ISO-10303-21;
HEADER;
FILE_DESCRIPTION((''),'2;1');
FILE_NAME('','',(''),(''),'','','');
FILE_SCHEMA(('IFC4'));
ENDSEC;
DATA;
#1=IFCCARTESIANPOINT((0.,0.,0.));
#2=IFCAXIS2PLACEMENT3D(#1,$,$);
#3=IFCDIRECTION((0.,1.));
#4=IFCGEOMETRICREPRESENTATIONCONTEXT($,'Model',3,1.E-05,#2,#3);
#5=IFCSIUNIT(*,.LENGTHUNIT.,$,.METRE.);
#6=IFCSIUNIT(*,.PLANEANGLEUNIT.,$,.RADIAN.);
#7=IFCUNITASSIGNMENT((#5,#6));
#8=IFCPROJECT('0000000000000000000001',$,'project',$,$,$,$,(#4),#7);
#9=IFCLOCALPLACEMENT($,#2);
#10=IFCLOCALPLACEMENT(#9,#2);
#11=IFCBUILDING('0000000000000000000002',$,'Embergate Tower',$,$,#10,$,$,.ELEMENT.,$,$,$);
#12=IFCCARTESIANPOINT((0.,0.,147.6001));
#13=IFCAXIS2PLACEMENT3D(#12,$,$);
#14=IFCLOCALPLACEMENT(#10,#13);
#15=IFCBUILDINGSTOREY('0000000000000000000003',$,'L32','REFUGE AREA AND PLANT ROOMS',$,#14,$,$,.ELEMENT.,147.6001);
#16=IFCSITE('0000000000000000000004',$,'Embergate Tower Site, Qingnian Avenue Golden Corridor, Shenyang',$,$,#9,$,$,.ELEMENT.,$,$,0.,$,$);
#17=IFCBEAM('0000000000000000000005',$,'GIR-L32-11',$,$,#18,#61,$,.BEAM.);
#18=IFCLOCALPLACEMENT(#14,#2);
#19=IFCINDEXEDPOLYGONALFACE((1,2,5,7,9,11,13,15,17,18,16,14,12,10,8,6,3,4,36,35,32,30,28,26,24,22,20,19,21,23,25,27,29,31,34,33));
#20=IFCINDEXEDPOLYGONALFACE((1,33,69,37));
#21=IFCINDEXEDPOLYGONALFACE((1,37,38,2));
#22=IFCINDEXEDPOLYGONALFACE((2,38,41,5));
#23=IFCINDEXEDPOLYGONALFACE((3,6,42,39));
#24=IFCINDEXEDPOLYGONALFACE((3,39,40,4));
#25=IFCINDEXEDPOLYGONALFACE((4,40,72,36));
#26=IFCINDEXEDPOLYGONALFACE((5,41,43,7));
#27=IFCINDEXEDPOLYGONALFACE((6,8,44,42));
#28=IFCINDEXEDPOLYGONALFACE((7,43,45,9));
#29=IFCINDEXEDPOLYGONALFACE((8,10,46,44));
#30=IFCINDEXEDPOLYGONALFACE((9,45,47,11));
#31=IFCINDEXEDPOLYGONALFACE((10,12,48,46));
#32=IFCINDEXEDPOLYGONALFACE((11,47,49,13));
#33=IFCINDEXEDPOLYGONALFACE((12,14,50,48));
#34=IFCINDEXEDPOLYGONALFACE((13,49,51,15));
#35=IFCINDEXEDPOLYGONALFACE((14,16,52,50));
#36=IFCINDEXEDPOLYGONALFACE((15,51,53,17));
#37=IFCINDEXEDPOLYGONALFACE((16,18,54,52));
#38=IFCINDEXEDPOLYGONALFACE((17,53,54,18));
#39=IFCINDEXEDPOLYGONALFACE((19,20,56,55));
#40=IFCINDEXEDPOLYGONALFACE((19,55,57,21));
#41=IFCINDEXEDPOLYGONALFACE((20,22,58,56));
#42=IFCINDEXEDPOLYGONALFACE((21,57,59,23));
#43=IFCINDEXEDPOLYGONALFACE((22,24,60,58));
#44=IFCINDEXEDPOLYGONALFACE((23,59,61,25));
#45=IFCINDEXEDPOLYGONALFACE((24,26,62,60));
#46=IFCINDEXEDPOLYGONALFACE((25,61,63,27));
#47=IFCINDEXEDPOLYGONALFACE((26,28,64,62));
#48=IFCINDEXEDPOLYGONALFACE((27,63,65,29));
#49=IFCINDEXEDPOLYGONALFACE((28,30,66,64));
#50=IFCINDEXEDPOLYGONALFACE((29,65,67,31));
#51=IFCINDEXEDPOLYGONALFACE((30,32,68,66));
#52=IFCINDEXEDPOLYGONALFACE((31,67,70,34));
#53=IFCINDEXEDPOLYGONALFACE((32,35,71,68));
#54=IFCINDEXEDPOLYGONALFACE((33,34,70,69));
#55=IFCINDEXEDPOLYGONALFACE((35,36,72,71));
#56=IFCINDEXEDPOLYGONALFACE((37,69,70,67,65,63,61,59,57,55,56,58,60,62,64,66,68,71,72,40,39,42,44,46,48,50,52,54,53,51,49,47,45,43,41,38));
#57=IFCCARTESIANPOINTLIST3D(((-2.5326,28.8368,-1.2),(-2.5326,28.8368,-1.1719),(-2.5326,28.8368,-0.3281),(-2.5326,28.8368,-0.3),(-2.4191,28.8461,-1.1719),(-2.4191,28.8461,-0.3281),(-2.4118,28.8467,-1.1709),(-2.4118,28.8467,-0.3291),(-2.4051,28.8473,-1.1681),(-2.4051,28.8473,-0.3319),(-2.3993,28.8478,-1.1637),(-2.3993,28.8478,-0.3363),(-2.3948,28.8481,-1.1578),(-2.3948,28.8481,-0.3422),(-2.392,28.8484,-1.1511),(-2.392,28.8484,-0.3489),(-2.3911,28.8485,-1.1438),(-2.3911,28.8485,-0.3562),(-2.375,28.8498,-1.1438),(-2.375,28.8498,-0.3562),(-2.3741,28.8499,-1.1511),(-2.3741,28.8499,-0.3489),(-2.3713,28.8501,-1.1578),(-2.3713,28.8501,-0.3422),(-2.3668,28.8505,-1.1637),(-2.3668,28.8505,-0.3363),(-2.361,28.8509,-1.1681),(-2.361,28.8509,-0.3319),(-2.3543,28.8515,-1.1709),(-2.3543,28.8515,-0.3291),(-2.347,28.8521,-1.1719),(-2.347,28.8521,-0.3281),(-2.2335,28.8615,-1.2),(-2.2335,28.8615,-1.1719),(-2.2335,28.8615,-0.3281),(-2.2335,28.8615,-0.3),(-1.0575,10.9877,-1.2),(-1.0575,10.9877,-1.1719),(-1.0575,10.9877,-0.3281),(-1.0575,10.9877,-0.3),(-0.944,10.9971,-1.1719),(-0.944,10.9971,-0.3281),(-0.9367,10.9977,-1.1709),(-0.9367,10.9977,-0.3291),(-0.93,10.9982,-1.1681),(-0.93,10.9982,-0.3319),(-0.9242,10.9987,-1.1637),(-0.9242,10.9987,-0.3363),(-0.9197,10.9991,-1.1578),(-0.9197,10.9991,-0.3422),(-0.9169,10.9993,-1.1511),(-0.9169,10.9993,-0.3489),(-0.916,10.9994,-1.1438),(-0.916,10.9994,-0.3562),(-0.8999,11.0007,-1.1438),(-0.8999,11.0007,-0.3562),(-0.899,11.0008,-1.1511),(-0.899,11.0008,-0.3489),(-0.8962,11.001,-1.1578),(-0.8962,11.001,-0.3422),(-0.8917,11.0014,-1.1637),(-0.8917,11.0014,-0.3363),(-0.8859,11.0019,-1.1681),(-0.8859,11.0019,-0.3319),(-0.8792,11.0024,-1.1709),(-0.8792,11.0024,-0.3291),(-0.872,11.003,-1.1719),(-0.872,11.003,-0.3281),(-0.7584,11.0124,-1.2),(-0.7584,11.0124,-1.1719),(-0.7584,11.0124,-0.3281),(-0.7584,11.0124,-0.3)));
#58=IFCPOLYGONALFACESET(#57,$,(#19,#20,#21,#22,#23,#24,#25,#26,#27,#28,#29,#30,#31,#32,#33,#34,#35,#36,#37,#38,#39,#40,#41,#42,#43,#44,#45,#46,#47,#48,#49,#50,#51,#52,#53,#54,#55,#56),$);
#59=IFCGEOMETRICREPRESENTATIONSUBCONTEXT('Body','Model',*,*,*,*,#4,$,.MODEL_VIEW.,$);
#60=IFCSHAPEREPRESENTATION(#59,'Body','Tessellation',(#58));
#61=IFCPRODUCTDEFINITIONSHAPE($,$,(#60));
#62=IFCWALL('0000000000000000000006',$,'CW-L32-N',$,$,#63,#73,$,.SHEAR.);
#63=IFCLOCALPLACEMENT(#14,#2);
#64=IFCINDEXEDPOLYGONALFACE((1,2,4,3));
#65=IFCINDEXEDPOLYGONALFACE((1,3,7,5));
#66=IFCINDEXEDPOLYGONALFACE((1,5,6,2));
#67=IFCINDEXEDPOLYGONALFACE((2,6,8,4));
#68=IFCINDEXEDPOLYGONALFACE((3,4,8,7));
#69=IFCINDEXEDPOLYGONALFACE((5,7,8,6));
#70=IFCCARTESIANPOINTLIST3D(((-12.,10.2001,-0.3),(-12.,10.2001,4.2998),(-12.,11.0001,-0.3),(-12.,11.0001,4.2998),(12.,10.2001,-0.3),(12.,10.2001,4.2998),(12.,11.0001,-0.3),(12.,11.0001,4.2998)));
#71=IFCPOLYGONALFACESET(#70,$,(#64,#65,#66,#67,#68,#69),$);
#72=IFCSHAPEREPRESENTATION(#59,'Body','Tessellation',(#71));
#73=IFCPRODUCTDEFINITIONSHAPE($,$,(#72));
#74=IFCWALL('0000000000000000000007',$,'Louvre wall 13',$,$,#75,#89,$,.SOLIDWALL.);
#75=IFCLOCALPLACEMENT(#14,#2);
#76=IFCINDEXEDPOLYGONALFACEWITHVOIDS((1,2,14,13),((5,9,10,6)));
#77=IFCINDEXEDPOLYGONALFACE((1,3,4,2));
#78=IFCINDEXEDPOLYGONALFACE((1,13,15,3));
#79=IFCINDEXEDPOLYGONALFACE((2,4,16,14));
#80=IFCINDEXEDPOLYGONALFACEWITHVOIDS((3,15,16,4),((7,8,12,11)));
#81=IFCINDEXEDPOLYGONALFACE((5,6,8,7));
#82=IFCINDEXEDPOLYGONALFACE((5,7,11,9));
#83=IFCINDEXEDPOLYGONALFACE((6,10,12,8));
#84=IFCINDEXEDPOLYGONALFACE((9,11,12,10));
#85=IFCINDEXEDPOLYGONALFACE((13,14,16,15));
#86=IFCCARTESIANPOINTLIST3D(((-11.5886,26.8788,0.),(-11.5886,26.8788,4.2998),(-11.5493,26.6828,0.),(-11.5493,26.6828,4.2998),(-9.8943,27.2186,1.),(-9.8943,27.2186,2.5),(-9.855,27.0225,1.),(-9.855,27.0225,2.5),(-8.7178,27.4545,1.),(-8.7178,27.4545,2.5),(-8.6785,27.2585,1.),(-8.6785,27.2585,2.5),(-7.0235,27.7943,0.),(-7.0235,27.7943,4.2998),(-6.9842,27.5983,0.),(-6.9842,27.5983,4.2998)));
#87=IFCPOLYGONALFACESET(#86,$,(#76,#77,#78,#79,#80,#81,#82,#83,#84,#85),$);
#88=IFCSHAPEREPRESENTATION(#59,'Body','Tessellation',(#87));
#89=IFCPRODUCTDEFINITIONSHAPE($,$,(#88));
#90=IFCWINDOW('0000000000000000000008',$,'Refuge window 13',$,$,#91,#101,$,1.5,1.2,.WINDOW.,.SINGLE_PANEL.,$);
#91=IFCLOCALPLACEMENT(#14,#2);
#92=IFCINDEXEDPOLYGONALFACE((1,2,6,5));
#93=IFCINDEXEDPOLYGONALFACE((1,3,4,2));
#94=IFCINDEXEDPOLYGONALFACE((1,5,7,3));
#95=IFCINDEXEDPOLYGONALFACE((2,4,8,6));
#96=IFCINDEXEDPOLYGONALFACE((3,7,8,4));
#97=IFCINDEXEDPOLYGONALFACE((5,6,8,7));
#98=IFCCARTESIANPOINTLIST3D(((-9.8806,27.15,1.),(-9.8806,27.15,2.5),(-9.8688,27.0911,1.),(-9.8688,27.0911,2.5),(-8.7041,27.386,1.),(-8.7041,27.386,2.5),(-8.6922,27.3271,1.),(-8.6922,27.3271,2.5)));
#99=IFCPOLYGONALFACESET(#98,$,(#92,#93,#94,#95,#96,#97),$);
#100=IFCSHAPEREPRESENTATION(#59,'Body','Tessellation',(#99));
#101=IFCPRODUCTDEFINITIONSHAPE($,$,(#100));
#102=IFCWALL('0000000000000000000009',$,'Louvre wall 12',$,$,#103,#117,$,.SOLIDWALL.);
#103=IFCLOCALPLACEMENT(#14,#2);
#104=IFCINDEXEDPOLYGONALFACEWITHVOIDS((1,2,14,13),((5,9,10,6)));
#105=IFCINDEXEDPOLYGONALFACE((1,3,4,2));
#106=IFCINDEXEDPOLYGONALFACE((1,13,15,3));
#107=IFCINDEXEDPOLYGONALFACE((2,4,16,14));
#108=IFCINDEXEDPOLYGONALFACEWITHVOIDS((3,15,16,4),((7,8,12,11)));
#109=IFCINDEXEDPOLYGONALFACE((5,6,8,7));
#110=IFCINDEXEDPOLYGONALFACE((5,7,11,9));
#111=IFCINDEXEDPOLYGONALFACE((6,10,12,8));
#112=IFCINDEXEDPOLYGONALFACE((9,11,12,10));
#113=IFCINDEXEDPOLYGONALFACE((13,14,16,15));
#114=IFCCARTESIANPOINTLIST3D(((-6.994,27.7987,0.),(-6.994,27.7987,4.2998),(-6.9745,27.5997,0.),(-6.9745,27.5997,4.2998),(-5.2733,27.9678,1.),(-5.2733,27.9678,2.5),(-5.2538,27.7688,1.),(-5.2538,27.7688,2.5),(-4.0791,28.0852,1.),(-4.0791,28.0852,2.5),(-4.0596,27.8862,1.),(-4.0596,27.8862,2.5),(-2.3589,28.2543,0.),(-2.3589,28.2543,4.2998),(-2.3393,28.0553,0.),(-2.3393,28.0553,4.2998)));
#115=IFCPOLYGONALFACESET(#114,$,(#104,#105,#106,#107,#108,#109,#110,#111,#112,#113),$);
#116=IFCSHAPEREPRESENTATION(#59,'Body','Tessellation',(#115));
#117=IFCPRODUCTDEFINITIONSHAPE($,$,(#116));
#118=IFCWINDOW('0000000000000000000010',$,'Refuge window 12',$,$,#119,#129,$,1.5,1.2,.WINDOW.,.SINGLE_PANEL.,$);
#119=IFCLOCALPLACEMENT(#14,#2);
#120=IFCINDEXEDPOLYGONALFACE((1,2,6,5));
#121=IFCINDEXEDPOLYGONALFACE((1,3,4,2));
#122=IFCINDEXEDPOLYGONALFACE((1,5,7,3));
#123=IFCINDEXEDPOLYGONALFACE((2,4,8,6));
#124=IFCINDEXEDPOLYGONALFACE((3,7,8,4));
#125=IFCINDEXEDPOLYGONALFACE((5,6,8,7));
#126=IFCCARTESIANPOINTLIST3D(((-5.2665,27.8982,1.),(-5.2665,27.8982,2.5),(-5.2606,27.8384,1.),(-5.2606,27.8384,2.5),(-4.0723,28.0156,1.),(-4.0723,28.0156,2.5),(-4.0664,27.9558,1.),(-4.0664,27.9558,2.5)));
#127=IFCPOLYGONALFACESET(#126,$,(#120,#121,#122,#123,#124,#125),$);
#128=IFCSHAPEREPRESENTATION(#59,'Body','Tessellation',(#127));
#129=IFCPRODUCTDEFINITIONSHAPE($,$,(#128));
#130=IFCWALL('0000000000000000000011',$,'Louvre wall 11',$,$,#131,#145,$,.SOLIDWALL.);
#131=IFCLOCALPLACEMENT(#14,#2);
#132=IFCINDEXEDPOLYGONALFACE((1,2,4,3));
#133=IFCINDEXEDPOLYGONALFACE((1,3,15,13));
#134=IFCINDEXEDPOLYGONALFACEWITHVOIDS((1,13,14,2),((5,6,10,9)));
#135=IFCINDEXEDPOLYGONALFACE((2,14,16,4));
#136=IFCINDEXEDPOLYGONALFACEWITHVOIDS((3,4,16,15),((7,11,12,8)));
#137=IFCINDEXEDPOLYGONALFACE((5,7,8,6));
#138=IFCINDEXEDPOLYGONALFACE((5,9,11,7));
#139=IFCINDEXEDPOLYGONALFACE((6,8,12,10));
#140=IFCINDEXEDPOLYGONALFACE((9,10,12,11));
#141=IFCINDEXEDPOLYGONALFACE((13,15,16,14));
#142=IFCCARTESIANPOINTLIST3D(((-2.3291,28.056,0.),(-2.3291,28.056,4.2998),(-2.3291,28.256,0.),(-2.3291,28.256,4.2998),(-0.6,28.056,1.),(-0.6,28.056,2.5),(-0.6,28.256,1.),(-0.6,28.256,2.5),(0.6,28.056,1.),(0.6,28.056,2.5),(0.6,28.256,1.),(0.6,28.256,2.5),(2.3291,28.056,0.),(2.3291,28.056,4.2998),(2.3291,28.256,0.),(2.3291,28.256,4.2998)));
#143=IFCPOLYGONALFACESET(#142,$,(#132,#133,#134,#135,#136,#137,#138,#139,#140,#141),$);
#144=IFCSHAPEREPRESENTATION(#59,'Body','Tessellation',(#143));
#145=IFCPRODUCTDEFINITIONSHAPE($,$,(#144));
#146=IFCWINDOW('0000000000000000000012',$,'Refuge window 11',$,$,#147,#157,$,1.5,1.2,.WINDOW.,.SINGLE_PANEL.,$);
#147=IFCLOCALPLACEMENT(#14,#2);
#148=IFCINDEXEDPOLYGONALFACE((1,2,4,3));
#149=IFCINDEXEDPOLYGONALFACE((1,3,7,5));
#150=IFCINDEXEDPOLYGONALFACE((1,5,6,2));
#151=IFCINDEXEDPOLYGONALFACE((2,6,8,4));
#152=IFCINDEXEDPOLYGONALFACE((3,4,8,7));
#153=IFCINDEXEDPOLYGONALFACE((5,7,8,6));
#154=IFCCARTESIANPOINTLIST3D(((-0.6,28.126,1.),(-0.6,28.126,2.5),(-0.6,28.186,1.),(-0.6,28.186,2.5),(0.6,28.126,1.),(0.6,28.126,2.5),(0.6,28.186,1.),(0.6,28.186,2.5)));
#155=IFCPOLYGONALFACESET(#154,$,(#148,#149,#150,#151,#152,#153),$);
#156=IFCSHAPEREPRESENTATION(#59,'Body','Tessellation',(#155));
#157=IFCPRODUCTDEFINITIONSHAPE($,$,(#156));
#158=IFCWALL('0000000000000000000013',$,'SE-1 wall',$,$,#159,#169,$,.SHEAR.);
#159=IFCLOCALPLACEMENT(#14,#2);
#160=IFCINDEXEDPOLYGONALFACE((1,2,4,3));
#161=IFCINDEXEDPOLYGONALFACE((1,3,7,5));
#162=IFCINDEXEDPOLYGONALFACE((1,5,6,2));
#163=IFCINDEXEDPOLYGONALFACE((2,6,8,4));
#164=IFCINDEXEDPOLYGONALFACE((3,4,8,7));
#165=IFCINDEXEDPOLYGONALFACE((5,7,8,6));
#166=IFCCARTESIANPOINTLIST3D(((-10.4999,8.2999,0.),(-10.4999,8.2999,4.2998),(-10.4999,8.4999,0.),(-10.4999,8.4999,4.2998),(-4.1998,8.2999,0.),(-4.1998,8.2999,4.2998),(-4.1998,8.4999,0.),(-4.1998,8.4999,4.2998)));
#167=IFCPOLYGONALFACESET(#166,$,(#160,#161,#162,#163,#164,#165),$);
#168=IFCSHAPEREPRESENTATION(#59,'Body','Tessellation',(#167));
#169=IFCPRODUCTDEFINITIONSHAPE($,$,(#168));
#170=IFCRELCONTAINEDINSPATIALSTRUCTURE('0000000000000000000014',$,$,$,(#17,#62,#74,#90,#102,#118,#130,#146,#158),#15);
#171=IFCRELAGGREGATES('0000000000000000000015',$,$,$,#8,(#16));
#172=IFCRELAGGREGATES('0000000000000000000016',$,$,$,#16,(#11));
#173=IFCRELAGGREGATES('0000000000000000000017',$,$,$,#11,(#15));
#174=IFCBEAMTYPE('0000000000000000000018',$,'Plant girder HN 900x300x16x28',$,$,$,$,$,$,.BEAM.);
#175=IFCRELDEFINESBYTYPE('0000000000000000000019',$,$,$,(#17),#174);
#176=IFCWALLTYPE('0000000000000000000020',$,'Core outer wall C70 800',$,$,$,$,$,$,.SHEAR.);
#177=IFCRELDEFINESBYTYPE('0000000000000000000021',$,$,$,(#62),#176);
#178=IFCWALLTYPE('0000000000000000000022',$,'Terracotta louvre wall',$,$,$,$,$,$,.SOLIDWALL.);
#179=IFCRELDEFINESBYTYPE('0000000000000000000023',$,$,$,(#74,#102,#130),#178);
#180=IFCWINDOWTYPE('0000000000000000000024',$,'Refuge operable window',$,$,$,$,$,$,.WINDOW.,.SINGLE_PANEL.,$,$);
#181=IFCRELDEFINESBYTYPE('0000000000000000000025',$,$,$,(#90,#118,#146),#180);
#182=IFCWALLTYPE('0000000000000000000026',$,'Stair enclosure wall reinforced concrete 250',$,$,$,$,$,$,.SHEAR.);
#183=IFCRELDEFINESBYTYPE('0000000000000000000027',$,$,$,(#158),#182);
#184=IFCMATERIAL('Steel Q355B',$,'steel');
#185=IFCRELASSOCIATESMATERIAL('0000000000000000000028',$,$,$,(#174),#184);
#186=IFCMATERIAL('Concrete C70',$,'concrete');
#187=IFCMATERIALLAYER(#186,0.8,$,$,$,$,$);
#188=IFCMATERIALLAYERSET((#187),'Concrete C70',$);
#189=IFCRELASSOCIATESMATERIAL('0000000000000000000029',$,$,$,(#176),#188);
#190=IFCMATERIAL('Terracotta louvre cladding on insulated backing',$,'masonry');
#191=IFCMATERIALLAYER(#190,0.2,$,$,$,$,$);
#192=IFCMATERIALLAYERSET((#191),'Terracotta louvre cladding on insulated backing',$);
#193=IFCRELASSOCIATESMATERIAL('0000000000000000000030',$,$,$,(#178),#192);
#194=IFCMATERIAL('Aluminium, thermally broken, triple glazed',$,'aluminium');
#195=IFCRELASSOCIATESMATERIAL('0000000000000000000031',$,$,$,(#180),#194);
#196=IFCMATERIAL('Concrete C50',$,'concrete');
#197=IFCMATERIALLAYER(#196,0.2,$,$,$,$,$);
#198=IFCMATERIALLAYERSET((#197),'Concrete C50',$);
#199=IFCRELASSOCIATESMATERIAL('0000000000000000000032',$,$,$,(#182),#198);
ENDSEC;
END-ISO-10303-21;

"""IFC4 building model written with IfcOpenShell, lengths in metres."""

from ifc_helpers import new_model, si_unit, direction, frame, frame_2d, origin, origin_2d, place, context, subcontext, project, spatial, rectangle, i_section, extrude, source, transform, mapped, material, layer, layer_set, material_profile, profile_set, type_object, element, fill, save


model = new_model("IFC4")

# Units and contexts
model_context = context("Model", 3, precision=1e-05, world=origin(), true_north=direction((0.0, 1.0)))
body_context = subcontext(model_context, "Body", "Model", "MODEL_VIEW")
ifc_project = project(units=[si_unit("LENGTHUNIT", "METRE"), si_unit("PLANEANGLEUNIT", "RADIAN")], contexts=[model_context])

# Site, building, storey
site_placement = place(None, origin())
site = spatial("IfcSite", under=ifc_project, at=site_placement, Name="Embergate Tower Site, Qingnian Avenue Golden Corridor, Shenyang", CompositionType="ELEMENT", RefElevation=0.0)
building_placement = place(site_placement, origin())
building = spatial("IfcBuilding", under=site, at=building_placement, Name="Embergate Tower", CompositionType="ELEMENT")
storey_placement = place(building_placement, frame((0.0, 0.0, 147.6001)))
storey = spatial("IfcBuildingStorey", under=building, at=storey_placement, Name="L32", Description="REFUGE AREA AND PLANT ROOMS", CompositionType="ELEMENT", Elevation=147.6001)

# Shared definitions
ifc_material_1 = material(Name="Concrete C70", Category="concrete")

# Beam
ifc_material_2 = material(Name="Steel Q355B", Category="steel")
ifc_material_profile_1 = material_profile(ifc_material_2, i_section(OverallWidth=0.3, OverallDepth=0.8999, WebThickness=0.0161, FlangeThickness=0.0281, FilletRadius=0.0281, at=origin_2d()), Name="HN 900x300x16x28")
ifc_profile_set_1 = profile_set([ifc_material_profile_1], Name="Steel Q355 grade B")
beam_type_1 = type_object("IfcBeamType", Name="Plant girder HN 900x300x16x28", PredefinedType="BEAM", material=ifc_profile_set_1)
shared_shape_1 = source(origin(), body_context, "Body", "SweptSolid", [
    extrude(i_section(OverallWidth=0.3, OverallDepth=0.8999, WebThickness=0.0161, FlangeThickness=0.0281, FilletRadius=0.0281, at=origin_2d()), origin(), (0.0, 0.0, 1.0), 17.9099),
])
beam_1_placement = place(storey_placement, frame((-2.3831, 28.8491, -0.75), z_axis=(0.082362, -0.996602, 0.0), x_axis=(0.996602, 0.082362, 0.0)))
element("IfcBeam", 1, at=beam_1_placement, inside=storey, type_object=beam_type_1, Name="GIR-L32-11", PredefinedType="BEAM", context=body_context, shape_type="MappedRepresentation", body=[
    mapped(shared_shape_1, transform((0.0, 0.0, 0.0))),
])

# Wall
ifc_layer_1 = layer(ifc_material_1, 0.8)
ifc_layer_set_1 = layer_set([ifc_layer_1], Name="Concrete C70")
wall_type_1 = type_object("IfcWallType", Name="Core outer wall C70 800", PredefinedType="SHEAR", material=ifc_layer_set_1)
shared_shape_2 = source(origin(), body_context, "Body", "SweptSolid", [
    extrude(rectangle(XDim=24.0, YDim=0.8, at=frame_2d((12.0, 0.0))), origin(), (0.0, 0.0, 1.0), 4.5999),
])
wall_1_placement = place(storey_placement, frame((-12.0, 10.6001, -0.3), z_axis=(0.0, 0.0, 1.0), x_axis=(1.0, 0.0, 0.0)))
element("IfcWall", 2, at=wall_1_placement, inside=storey, type_object=wall_type_1, Name="CW-L32-N", PredefinedType="SHEAR", context=body_context, shape_type="MappedRepresentation", body=[
    mapped(shared_shape_2, transform((0.0, 0.0, 0.0))),
])

# Walls, openings, windows
ifc_material_3 = material(Name="Terracotta louvre cladding on insulated backing", Category="masonry")
ifc_layer_2 = layer(ifc_material_3, 0.2)
ifc_layer_set_2 = layer_set([ifc_layer_2], Name="Terracotta louvre cladding on insulated backing")
wall_type_2 = type_object("IfcWallType", Name="Terracotta louvre wall", PredefinedType="SOLIDWALL", material=ifc_layer_set_2)
shared_shape_3 = source(origin(), body_context, "Body", "SweptSolid", [
    extrude(rectangle(XDim=4.656, YDim=0.2, at=frame_2d((2.3281, 0.0))), origin(), (0.0, 0.0, 1.0), 4.2998),
])
wall_2_placement = place(storey_placement, frame((-11.5691, 26.7808, 0.0), z_axis=(0.0, 0.0, 1.0), x_axis=(0.980478, 0.19663, 0.0)))
wall_2 = element("IfcWall", 3, at=wall_2_placement, inside=storey, type_object=wall_type_2, Name="Louvre wall 13", PredefinedType="SOLIDWALL", context=body_context, shape_type="MappedRepresentation", body=[
    mapped(shared_shape_3, transform((0.0, 0.0, 0.0))),
])
shared_shape_4 = source(origin(), body_context, "Body", "SweptSolid", [
    extrude(rectangle(XDim=1.2, YDim=1.5, at=frame_2d((0.6001, 0.75))), frame((0.0, 0.1099, 0.0), z_axis=(0.0, -1.0, 0.0), x_axis=(1.0, 0.0, 0.0)), (0.0, 0.0, 1.0), 0.22),
])
opening_1_placement = place(wall_2_placement, frame((1.728, 0.0, 1.0)))
opening_1 = element("IfcOpeningElement", 4, at=opening_1_placement, cuts=wall_2, PredefinedType="OPENING", context=body_context, shape_type="MappedRepresentation", body=[
    mapped(shared_shape_4, transform((0.0, 0.0, 0.0))),
])
ifc_material_4 = material(Name="Aluminium, thermally broken, triple glazed", Category="aluminium")
window_type = type_object("IfcWindowType", Name="Refuge operable window", PartitioningType="SINGLE_PANEL", PredefinedType="WINDOW", material=ifc_material_4)
shared_shape_5 = source(origin(), body_context, "Body", "SweptSolid", [
    extrude(rectangle(XDim=1.2, YDim=1.5, at=frame_2d((0.6001, 0.75))), frame((0.0, 0.03, 0.0), z_axis=(0.0, -1.0, 0.0), x_axis=(1.0, 0.0, 0.0)), (0.0, 0.0, 1.0), 0.0601),
])
window_1_placement = place(opening_1_placement, origin())
window_1 = element("IfcWindow", 5, at=window_1_placement, inside=storey, type_object=window_type, Name="Refuge window 13", OverallHeight=1.5, OverallWidth=1.2, PartitioningType="SINGLE_PANEL", PredefinedType="WINDOW", context=body_context, shape_type="MappedRepresentation", body=[
    mapped(shared_shape_5, transform((0.0, 0.0, 0.0))),
])
fill(opening_1, window_1)
shared_shape_6 = source(origin(), body_context, "Body", "SweptSolid", [
    extrude(rectangle(XDim=4.6575, YDim=0.2, at=frame_2d((2.3286, 0.0))), origin(), (0.0, 0.0, 1.0), 4.2998),
])
wall_3_placement = place(storey_placement, frame((-6.9841, 27.6992, 0.0), z_axis=(0.0, 0.0, 1.0), x_axis=(0.995205, 0.097812, 0.0)))
wall_3 = element("IfcWall", 6, at=wall_3_placement, inside=storey, type_object=wall_type_2, Name="Louvre wall 12", PredefinedType="SOLIDWALL", context=body_context, shape_type="MappedRepresentation", body=[
    mapped(shared_shape_6, transform((0.0, 0.0, 0.0))),
])
opening_2_placement = place(wall_3_placement, frame((1.7288, 0.0, 1.0)))
opening_2 = element("IfcOpeningElement", 7, at=opening_2_placement, cuts=wall_3, PredefinedType="OPENING", context=body_context, shape_type="MappedRepresentation", body=[
    mapped(shared_shape_4, transform((0.0, 0.0, 0.0))),
])
window_2_placement = place(opening_2_placement, origin())
window_2 = element("IfcWindow", 8, at=window_2_placement, inside=storey, type_object=window_type, Name="Refuge window 12", OverallHeight=1.5, OverallWidth=1.2, PartitioningType="SINGLE_PANEL", PredefinedType="WINDOW", context=body_context, shape_type="MappedRepresentation", body=[
    mapped(shared_shape_5, transform((0.0, 0.0, 0.0))),
])
fill(opening_2, window_2)
shared_shape_7 = source(origin(), body_context, "Body", "SweptSolid", [
    extrude(rectangle(XDim=4.6582, YDim=0.2, at=frame_2d((2.3291, 0.0))), origin(), (0.0, 0.0, 1.0), 4.2998),
])
wall_4_placement = place(storey_placement, frame((-2.3291, 28.156, 0.0), z_axis=(0.0, 0.0, 1.0), x_axis=(1.0, 0.0, 0.0)))
wall_4 = element("IfcWall", 9, at=wall_4_placement, inside=storey, type_object=wall_type_2, Name="Louvre wall 11", PredefinedType="SOLIDWALL", context=body_context, shape_type="MappedRepresentation", body=[
    mapped(shared_shape_7, transform((0.0, 0.0, 0.0))),
])
opening_3_placement = place(wall_4_placement, frame((1.729, 0.0, 1.0)))
opening_3 = element("IfcOpeningElement", 10, at=opening_3_placement, cuts=wall_4, PredefinedType="OPENING", context=body_context, shape_type="MappedRepresentation", body=[
    mapped(shared_shape_4, transform((0.0, 0.0, 0.0))),
])
window_3_placement = place(opening_3_placement, origin())
window_3 = element("IfcWindow", 11, at=window_3_placement, inside=storey, type_object=window_type, Name="Refuge window 11", OverallHeight=1.5, OverallWidth=1.2, PartitioningType="SINGLE_PANEL", PredefinedType="WINDOW", context=body_context, shape_type="MappedRepresentation", body=[
    mapped(shared_shape_5, transform((0.0, 0.0, 0.0))),
])
fill(opening_3, window_3)

# Wall
ifc_material_5 = material(Name="Concrete C50", Category="concrete")
ifc_layer_3 = layer(ifc_material_5, 0.2)
ifc_layer_set_3 = layer_set([ifc_layer_3], Name="Concrete C50")
wall_type_3 = type_object("IfcWallType", Name="Stair enclosure wall reinforced concrete 250", PredefinedType="SHEAR", material=ifc_layer_set_3)
shared_shape_8 = source(origin(), body_context, "Body", "SweptSolid", [
    extrude(rectangle(XDim=6.3, YDim=0.2, at=frame_2d((3.1499, 0.0))), origin(), (0.0, 0.0, 1.0), 4.2998),
])
wall_5_placement = place(storey_placement, frame((-4.2, 8.3999, 0.0), z_axis=(0.0, 0.0, 1.0), x_axis=(-1.0, 0.0, 0.0)))
element("IfcWall", 12, at=wall_5_placement, inside=storey, type_object=wall_type_3, Name="SE-1 wall", PredefinedType="SHEAR", context=body_context, shape_type="MappedRepresentation", body=[
    mapped(shared_shape_8, transform((0.0, 0.0, 0.0))),
])

save(model, "model.ifc")
